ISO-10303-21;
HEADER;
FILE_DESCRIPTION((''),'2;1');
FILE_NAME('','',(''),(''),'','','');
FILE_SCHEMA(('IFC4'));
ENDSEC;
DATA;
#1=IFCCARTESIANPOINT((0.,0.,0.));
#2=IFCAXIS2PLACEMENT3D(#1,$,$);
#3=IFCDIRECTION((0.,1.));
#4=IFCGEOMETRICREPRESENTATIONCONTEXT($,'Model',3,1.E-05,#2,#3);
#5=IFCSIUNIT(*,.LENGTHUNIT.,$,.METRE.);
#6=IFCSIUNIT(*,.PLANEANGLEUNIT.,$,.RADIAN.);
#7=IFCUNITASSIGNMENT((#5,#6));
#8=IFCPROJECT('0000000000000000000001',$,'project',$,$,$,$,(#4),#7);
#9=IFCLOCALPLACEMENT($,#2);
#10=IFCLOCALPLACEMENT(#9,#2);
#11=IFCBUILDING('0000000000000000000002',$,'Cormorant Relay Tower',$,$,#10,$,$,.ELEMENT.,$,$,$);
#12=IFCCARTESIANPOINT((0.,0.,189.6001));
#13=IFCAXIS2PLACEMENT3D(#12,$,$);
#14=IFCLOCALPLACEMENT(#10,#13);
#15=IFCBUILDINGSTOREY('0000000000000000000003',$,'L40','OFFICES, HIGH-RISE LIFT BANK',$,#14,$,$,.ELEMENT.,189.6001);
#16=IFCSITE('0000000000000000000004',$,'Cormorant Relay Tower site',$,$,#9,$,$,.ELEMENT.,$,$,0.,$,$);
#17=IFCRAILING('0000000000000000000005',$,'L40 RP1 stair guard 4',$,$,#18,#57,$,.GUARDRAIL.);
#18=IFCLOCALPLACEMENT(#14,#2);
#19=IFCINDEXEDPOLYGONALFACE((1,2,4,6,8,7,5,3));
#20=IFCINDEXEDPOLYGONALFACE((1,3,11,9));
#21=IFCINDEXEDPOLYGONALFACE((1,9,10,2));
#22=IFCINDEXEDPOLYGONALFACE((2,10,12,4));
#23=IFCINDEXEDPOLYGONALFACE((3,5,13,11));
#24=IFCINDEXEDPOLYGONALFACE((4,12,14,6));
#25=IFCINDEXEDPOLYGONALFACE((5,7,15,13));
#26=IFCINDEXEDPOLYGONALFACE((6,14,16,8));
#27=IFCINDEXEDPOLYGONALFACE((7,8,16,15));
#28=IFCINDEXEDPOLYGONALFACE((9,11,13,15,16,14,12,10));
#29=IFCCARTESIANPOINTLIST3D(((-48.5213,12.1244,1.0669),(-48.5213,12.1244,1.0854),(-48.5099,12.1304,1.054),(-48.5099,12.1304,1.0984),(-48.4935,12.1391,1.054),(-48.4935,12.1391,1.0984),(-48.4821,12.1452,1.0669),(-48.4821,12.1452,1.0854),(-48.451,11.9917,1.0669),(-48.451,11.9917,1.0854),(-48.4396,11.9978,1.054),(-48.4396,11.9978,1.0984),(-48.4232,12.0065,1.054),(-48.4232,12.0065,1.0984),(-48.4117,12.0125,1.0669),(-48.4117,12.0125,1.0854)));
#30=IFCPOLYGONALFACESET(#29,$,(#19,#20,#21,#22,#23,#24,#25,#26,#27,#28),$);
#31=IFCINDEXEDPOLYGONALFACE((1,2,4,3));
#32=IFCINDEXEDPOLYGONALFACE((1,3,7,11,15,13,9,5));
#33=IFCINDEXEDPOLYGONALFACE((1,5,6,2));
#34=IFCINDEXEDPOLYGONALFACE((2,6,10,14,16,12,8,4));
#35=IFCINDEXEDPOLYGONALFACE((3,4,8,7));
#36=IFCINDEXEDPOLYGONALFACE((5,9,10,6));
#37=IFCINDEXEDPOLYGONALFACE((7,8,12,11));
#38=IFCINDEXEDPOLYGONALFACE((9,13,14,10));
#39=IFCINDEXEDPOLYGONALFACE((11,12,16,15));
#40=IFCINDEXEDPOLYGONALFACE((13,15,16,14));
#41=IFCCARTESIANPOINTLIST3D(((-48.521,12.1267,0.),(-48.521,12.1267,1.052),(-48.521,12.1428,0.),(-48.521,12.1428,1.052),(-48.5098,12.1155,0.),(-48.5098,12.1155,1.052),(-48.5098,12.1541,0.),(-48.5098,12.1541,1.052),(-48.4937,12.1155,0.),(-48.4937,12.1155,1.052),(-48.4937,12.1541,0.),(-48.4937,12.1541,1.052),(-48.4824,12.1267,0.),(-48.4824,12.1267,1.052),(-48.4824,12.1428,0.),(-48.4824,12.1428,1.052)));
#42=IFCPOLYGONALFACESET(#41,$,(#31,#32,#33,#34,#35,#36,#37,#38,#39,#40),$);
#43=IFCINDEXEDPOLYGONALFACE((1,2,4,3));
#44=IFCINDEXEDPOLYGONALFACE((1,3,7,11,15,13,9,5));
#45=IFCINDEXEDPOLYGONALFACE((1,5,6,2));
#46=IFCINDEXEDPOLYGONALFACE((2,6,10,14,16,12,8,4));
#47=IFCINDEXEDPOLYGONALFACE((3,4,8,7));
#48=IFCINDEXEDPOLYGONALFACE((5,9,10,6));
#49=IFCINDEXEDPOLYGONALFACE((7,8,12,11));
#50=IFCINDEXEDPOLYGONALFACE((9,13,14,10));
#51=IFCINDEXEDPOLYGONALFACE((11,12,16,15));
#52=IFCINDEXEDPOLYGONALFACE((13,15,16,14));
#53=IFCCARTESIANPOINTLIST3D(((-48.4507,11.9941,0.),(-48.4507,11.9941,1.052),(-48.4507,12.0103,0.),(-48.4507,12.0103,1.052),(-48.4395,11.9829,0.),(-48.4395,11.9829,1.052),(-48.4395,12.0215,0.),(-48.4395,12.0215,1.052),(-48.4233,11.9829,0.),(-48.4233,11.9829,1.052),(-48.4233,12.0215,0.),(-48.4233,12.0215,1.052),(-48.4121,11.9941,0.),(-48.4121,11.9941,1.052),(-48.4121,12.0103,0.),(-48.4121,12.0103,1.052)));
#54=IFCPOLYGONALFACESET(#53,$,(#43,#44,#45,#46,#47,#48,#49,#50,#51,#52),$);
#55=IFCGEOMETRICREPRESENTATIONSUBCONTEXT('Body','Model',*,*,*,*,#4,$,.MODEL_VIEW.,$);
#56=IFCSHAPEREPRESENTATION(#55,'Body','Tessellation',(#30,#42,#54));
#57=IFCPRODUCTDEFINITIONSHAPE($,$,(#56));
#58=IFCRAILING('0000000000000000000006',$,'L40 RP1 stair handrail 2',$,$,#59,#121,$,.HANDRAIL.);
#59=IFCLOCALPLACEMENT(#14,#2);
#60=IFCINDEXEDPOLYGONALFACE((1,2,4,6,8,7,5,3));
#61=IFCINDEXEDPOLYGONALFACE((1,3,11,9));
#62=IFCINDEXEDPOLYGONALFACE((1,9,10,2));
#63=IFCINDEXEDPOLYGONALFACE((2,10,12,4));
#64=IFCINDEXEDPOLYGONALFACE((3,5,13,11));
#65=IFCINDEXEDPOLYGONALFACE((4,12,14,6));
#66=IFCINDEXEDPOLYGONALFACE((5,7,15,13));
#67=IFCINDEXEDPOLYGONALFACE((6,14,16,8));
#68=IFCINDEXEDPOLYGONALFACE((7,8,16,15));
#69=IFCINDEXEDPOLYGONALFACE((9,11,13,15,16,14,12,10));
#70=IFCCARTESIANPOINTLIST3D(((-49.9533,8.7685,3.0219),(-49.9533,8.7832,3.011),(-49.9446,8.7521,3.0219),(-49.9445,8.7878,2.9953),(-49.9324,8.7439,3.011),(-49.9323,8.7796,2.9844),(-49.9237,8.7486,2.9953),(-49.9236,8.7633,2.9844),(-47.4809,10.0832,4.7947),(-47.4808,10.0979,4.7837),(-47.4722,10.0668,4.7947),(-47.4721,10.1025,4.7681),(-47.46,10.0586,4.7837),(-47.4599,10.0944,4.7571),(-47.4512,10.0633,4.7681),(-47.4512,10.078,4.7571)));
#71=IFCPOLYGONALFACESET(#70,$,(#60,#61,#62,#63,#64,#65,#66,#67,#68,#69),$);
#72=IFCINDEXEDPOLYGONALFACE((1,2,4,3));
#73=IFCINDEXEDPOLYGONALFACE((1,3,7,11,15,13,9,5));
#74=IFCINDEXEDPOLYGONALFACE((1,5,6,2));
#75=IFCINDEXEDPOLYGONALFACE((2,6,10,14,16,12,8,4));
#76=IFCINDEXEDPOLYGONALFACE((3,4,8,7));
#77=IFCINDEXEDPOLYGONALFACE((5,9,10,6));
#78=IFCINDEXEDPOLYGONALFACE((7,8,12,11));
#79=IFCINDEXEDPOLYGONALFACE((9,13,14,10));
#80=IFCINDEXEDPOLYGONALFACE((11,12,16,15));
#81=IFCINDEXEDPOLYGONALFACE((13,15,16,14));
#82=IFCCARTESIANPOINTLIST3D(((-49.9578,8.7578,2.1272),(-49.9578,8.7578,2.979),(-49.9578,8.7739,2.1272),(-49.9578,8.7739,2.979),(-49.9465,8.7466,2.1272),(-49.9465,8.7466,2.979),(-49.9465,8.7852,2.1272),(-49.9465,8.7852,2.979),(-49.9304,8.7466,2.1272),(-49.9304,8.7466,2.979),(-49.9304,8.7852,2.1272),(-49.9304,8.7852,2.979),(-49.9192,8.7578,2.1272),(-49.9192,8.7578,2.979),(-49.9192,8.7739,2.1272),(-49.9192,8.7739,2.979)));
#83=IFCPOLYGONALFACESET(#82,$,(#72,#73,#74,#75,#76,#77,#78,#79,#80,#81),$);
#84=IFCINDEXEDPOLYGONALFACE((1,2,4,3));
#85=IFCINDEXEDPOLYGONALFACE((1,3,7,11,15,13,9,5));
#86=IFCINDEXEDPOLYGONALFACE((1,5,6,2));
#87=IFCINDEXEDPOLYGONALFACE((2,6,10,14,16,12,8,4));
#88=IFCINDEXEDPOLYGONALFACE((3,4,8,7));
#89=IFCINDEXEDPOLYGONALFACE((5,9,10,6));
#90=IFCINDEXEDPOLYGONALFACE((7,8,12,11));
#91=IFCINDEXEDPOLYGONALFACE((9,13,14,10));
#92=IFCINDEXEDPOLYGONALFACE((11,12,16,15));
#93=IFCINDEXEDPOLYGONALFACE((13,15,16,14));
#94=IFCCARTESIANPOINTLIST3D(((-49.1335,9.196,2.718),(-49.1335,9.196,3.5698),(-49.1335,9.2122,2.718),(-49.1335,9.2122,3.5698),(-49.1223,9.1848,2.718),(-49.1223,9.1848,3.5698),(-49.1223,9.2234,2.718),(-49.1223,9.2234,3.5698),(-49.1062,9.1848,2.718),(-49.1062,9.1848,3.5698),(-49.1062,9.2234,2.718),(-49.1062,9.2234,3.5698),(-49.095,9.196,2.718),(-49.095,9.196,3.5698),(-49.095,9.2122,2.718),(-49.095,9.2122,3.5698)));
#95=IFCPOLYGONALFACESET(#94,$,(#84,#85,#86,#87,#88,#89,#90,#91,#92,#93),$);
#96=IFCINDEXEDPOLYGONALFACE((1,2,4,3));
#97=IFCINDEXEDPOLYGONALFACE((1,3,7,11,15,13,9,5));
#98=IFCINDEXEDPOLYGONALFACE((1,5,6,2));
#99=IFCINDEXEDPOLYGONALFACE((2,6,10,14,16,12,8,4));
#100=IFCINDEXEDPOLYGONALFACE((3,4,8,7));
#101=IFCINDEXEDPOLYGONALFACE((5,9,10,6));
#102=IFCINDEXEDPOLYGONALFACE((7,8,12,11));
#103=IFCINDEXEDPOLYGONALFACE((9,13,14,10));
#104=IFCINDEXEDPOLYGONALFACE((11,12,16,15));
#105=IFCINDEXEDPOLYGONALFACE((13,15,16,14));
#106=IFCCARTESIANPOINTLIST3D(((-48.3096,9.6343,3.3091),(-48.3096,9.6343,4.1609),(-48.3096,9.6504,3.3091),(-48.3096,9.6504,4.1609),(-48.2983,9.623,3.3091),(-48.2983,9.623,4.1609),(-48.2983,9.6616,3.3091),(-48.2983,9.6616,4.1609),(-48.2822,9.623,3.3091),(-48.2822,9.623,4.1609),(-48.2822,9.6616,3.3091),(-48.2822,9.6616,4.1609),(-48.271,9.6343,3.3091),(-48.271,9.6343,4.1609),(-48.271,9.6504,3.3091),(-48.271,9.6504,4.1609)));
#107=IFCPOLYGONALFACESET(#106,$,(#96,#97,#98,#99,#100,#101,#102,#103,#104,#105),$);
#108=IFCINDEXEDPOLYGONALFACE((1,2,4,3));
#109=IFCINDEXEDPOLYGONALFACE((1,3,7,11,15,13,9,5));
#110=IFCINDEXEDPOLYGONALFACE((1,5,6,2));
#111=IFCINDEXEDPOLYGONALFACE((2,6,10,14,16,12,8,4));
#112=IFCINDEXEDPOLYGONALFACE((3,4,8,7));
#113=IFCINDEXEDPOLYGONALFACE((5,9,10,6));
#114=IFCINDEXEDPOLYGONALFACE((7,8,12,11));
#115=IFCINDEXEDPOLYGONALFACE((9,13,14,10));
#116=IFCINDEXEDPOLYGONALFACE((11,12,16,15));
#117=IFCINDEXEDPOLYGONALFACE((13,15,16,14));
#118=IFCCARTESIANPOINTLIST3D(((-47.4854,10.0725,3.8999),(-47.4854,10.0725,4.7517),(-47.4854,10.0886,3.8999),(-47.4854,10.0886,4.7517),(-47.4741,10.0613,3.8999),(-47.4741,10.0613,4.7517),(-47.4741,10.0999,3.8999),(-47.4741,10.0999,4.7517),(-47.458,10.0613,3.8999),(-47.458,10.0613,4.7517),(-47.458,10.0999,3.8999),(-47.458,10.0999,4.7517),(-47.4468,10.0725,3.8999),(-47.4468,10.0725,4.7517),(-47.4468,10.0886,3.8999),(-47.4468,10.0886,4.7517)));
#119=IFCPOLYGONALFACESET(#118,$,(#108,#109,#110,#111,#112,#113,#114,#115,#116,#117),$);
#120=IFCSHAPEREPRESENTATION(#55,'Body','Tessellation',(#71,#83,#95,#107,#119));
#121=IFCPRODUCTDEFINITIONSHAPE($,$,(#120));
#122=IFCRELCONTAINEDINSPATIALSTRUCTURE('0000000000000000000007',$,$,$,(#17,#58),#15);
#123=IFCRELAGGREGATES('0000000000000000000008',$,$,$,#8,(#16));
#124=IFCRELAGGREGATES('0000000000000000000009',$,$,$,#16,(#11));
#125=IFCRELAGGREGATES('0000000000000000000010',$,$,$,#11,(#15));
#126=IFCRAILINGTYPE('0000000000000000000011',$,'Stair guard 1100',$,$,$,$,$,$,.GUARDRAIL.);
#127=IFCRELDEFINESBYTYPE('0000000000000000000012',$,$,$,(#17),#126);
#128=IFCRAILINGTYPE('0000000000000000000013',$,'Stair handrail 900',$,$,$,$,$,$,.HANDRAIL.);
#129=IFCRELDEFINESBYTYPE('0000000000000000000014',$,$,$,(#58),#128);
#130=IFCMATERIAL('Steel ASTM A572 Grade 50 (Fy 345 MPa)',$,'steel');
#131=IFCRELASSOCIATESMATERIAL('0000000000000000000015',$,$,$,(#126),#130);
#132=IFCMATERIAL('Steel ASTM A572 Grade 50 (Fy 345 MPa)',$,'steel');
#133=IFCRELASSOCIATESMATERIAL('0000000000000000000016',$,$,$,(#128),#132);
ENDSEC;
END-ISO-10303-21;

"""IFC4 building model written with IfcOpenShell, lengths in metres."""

from ifc_helpers import new_model, si_unit, direction, frame, origin, place, context, subcontext, project, spatial, polyline, outline, extrude, material, type_object, element, save


model = new_model("IFC4")

# Units and contexts
model_context = context("Model", 3, precision=1e-05, world=origin(), true_north=direction((0.0, 1.0)))
body_context = subcontext(model_context, "Body", "Model", "MODEL_VIEW")
ifc_project = project(units=[si_unit("LENGTHUNIT", "METRE"), si_unit("PLANEANGLEUNIT", "RADIAN")], contexts=[model_context])

# Site, building, storey
site_placement = place(None, origin())
site = spatial("IfcSite", under=ifc_project, at=site_placement, Name="Cormorant Relay Tower site", CompositionType="ELEMENT", RefElevation=0.0)
building_placement = place(site_placement, origin())
building = spatial("IfcBuilding", under=site, at=building_placement, Name="Cormorant Relay Tower", CompositionType="ELEMENT")
storey_placement = place(building_placement, frame((0.0, 0.0, 189.6001)))
storey = spatial("IfcBuildingStorey", under=building, at=storey_placement, Name="L40", Description="OFFICES, HIGH-RISE LIFT BANK", CompositionType="ELEMENT", Elevation=189.6001)

# Railings
ifc_material_1 = material(Name="Steel ASTM A572 Grade 50 (Fy 345 MPa)", Category="steel")
railing_type_1 = type_object("IfcRailingType", Name="Stair guard 1100", PredefinedType="GUARDRAIL", material=ifc_material_1)
railing_1_placement = place(storey_placement, frame((-48.5017, 12.1348, 0.0)))
element("IfcRailing", 1, at=railing_1_placement, inside=storey, type_object=railing_type_1, Name="L40 RP1 stair guard 4", PredefinedType="GUARDRAIL", context=body_context, shape_type="SweptSolid", body=[
    extrude(outline(polyline([(0.0222, 0.0093), (0.0093, 0.0222), (-0.0093, 0.0222), (-0.0222, 0.0093), (-0.0222, -0.0093), (-0.0093, -0.0222), (0.0093, -0.0222), (0.0222, -0.0093), (0.0222, 0.0093)])), frame((0.0, 0.0, 1.0762), z_axis=(0.46856, -0.883431, 0.0), x_axis=(0.883431, 0.46856, 0.0)), (0.0, 0.0, 1.0), 0.1501),
    extrude(outline(polyline([(0.0193, 0.0081), (0.0081, 0.0193), (-0.0081, 0.0193), (-0.0193, 0.0081), (-0.0193, -0.0081), (-0.0081, -0.0193), (0.0081, -0.0193), (0.0193, -0.0081), (0.0193, 0.0081)])), origin(), (0.0, 0.0, 1.0), 1.052),
    extrude(outline(polyline([(0.0193, 0.0081), (0.0081, 0.0193), (-0.0081, 0.0193), (-0.0193, 0.0081), (-0.0193, -0.0081), (-0.0081, -0.0193), (0.0081, -0.0193), (0.0193, -0.0081), (0.0193, 0.0081)])), frame((0.0703, -0.1326, 0.0)), (0.0, 0.0, 1.0), 1.052),
])
ifc_material_2 = material(Name="Steel ASTM A572 Grade 50 (Fy 345 MPa)", Category="steel")
railing_type_2 = type_object("IfcRailingType", Name="Stair handrail 900", PredefinedType="HANDRAIL", material=ifc_material_2)
railing_2_placement = place(storey_placement, frame((-49.9385, 8.7659, 2.1272)))
element("IfcRailing", 2, at=railing_2_placement, inside=storey, type_object=railing_type_2, Name="L40 RP1 stair handrail 2", PredefinedType="HANDRAIL", context=body_context, shape_type="SweptSolid", body=[
    extrude(outline(polyline([(0.0222, 0.0093), (0.0093, 0.0222), (-0.0093, 0.0222), (-0.0222, 0.0093), (-0.0222, -0.0093), (-0.0093, -0.0222), (0.0093, -0.0222), (0.0222, -0.0093), (0.0222, 0.0093)])), frame((0.0, 0.0, 0.876), z_axis=(0.746012, 0.39669, 0.534886), x_axis=(-0.469497, 0.882934, 0.0)), (0.0, 0.0, 1.0), 3.3142),
    extrude(outline(polyline([(0.0193, 0.0081), (0.0081, 0.0193), (-0.0081, 0.0193), (-0.0193, 0.0081), (-0.0193, -0.0081), (-0.0081, -0.0193), (0.0081, -0.0193), (0.0193, -0.0081), (0.0193, 0.0081)])), origin(), (0.0, 0.0, 1.0), 0.8518),
    extrude(outline(polyline([(0.0193, 0.0081), (0.0081, 0.0193), (-0.0081, 0.0193), (-0.0193, 0.0081), (-0.0193, -0.0081), (-0.0081, -0.0193), (0.0081, -0.0193), (0.0193, -0.0081), (0.0193, 0.0081)])), frame((0.8242, 0.4382, 0.5908)), (0.0, 0.0, 1.0), 0.8518),
    extrude(outline(polyline([(0.0193, 0.0081), (0.0081, 0.0193), (-0.0081, 0.0193), (-0.0193, 0.0081), (-0.0193, -0.0081), (-0.0081, -0.0193), (0.0081, -0.0193), (0.0193, -0.0081), (0.0193, 0.0081)])), frame((1.6482, 0.8765, 1.1819)), (0.0, 0.0, 1.0), 0.8518),
    extrude(outline(polyline([(0.0193, 0.0081), (0.0081, 0.0193), (-0.0081, 0.0193), (-0.0193, 0.0081), (-0.0193, -0.0081), (-0.0081, -0.0193), (0.0081, -0.0193), (0.0193, -0.0081), (0.0193, 0.0081)])), frame((2.4724, 1.3147, 1.7727)), (0.0, 0.0, 1.0), 0.8518),
])

save(model, "model.ifc")
